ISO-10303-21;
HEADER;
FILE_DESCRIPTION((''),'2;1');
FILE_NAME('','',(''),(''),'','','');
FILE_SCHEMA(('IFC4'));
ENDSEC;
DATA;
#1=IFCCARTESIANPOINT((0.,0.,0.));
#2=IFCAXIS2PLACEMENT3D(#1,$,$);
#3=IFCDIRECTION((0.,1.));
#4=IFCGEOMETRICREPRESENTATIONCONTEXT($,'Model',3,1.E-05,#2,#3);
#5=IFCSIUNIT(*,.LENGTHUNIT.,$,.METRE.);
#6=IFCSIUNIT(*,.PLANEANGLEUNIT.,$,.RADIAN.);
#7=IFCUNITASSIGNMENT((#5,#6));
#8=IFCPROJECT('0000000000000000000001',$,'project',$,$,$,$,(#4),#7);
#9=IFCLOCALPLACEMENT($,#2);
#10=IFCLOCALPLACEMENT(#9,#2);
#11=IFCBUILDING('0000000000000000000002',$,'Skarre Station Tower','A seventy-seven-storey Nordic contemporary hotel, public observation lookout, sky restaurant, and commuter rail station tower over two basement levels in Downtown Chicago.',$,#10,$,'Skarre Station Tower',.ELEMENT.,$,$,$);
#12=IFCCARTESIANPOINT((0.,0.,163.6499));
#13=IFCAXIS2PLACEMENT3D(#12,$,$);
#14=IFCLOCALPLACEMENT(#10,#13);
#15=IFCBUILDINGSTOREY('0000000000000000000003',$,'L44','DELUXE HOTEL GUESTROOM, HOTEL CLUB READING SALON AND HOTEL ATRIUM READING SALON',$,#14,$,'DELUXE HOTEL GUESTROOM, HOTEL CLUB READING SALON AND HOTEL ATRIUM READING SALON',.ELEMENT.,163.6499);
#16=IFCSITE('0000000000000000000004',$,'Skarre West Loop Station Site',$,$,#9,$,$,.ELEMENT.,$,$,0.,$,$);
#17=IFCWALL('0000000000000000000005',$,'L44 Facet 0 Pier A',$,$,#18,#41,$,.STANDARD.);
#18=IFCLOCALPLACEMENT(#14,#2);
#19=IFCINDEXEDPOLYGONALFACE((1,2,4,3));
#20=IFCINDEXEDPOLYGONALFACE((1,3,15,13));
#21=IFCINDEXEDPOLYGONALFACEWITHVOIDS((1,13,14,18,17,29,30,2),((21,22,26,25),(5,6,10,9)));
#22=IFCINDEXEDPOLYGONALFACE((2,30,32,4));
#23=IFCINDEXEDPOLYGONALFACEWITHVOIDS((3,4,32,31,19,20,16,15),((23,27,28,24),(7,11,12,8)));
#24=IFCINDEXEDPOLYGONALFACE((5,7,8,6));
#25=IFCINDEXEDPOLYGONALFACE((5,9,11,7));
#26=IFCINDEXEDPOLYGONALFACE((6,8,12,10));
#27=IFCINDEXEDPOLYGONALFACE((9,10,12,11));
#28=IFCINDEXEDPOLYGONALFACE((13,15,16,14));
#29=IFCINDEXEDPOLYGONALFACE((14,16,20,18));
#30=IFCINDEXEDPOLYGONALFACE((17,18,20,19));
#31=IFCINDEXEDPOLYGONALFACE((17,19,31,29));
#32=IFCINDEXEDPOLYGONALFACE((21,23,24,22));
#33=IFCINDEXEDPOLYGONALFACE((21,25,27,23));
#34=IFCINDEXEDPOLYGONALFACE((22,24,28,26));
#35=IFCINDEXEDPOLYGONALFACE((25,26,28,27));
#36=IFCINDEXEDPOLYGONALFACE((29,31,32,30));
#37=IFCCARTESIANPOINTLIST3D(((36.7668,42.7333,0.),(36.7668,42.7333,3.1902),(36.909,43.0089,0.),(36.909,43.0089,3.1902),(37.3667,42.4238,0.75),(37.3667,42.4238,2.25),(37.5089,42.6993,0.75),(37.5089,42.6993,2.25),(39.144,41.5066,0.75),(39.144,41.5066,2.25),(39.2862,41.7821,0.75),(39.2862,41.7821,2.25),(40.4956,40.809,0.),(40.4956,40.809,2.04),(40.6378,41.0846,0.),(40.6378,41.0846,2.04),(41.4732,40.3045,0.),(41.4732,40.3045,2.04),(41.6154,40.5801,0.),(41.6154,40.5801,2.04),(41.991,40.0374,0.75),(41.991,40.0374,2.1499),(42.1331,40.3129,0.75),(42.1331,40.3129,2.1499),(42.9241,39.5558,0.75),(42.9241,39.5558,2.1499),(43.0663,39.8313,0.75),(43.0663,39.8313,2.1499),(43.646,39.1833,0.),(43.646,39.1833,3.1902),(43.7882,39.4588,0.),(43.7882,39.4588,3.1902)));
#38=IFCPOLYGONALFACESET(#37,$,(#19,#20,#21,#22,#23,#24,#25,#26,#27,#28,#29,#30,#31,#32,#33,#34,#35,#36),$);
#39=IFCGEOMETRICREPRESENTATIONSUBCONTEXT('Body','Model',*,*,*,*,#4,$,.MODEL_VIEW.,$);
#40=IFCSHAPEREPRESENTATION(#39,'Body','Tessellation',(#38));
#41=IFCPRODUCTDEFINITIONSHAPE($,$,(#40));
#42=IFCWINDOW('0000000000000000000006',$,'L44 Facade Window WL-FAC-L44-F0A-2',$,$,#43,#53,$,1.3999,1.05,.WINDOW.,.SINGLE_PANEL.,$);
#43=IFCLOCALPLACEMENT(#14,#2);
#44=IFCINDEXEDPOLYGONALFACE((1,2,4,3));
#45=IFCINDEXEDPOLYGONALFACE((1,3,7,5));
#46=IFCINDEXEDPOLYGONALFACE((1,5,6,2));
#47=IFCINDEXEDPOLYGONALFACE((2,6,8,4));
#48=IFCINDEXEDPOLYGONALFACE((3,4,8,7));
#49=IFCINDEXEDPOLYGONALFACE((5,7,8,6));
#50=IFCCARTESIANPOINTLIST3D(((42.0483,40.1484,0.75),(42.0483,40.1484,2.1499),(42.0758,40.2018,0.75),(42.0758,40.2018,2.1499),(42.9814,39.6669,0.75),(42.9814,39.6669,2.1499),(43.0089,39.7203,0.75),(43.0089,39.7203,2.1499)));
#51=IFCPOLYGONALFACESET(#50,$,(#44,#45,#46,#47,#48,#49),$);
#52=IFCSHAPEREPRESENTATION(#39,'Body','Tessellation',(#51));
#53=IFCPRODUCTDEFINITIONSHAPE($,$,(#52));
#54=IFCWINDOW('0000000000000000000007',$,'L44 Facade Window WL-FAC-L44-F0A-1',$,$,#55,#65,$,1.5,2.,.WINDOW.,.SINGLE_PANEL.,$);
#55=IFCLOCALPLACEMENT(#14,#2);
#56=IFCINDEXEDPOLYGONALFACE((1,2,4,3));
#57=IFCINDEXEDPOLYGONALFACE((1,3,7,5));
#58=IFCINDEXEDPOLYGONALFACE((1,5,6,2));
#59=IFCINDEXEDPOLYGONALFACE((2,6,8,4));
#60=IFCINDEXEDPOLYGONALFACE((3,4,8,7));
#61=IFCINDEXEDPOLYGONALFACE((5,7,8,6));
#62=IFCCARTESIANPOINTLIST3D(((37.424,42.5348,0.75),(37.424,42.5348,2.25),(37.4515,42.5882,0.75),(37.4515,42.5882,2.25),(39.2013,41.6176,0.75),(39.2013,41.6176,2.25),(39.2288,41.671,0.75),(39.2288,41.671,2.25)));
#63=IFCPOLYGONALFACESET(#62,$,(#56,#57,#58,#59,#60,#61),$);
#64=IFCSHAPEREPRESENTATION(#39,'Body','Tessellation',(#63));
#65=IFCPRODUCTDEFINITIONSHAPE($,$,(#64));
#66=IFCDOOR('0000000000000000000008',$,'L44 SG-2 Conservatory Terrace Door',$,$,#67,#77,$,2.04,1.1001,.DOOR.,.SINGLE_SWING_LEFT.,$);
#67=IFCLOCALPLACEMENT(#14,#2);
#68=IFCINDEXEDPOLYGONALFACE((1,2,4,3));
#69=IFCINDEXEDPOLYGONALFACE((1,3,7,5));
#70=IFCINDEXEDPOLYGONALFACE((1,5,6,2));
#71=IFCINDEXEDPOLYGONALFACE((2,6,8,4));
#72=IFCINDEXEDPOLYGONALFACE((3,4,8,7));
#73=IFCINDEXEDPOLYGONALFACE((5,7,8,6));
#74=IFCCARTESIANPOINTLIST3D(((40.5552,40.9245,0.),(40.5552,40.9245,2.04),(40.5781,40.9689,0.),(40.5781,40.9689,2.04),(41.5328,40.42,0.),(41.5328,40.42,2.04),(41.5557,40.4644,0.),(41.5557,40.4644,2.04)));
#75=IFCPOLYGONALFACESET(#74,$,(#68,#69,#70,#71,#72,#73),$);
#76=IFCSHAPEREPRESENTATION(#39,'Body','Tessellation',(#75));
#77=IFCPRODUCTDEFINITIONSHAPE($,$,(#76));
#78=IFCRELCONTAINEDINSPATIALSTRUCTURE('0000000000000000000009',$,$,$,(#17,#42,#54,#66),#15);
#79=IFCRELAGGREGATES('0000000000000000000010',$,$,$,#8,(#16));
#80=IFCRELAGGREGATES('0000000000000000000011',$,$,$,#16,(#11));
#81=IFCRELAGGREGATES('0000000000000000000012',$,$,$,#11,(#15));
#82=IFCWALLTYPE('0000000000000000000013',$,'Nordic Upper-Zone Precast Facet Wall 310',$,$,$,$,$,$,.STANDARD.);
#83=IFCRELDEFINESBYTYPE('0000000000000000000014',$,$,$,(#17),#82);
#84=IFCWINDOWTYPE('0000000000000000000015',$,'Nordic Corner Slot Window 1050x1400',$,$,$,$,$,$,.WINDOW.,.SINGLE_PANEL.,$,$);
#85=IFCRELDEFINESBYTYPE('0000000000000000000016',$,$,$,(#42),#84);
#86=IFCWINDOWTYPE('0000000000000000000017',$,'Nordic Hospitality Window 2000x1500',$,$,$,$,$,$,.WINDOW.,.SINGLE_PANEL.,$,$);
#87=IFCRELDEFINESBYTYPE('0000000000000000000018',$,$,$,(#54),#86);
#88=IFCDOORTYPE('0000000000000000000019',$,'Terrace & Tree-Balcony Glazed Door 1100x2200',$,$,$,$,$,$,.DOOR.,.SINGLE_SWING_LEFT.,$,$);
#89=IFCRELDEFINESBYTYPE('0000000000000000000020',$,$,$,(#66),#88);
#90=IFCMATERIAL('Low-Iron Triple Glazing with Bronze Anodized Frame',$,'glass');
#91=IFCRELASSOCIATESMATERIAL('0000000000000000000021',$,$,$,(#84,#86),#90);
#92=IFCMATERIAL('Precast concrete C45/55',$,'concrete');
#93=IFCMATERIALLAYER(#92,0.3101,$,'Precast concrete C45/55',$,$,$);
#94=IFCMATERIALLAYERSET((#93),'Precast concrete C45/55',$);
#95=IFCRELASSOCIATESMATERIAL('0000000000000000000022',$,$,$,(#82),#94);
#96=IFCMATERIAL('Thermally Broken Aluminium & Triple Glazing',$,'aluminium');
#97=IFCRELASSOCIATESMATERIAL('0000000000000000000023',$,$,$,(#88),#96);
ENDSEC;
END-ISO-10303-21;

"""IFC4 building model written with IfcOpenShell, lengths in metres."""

from ifc_helpers import new_model, si_unit, direction, frame, frame_2d, origin, place, context, subcontext, project, spatial, rectangle, extrude, material, layer, layer_set, type_object, element, fill, save


model = new_model("IFC4")

# Units and contexts
model_context = context("Model", 3, precision=1e-05, world=origin(), true_north=direction((0.0, 1.0)))
body_context = subcontext(model_context, "Body", "Model", "MODEL_VIEW")
ifc_project = project(units=[si_unit("LENGTHUNIT", "METRE"), si_unit("PLANEANGLEUNIT", "RADIAN")], contexts=[model_context])

# Site, building, storey
site_placement = place(None, origin())
site = spatial("IfcSite", under=ifc_project, at=site_placement, Name="Skarre West Loop Station Site", CompositionType="ELEMENT", RefElevation=0.0)
building_placement = place(site_placement, origin())
building = spatial("IfcBuilding", under=site, at=building_placement, Name="Skarre Station Tower", Description="A seventy-seven-storey Nordic contemporary hotel, public observation lookout, sky restaurant, and commuter rail station tower over two basement levels in Downtown Chicago.", LongName="Skarre Station Tower", CompositionType="ELEMENT")
storey_placement = place(building_placement, frame((0.0, 0.0, 163.6499)))
storey = spatial("IfcBuildingStorey", under=building, at=storey_placement, Name="L44", Description="DELUXE HOTEL GUESTROOM, HOTEL CLUB READING SALON AND HOTEL ATRIUM READING SALON", LongName="DELUXE HOTEL GUESTROOM, HOTEL CLUB READING SALON AND HOTEL ATRIUM READING SALON", CompositionType="ELEMENT", Elevation=163.6499)

# Shared definitions
ifc_material_1 = material(Name="Precast concrete C45/55", Category="concrete")

# Shared definitions
ifc_material_2 = material(Name="Low-Iron Triple Glazing with Bronze Anodized Frame", Category="glass")
window_type_1 = type_object("IfcWindowType", Name="Nordic Corner Slot Window 1050x1400", PartitioningType="SINGLE_PANEL", PredefinedType="WINDOW", material=ifc_material_2)

# Wall, openings, windows, door
ifc_layer_1 = layer(ifc_material_1, 0.3101, Name="Precast concrete C45/55")
ifc_layer_set_1 = layer_set([ifc_layer_1], Name="Precast concrete C45/55")
wall_type_1 = type_object("IfcWallType", Name="Nordic Upper-Zone Precast Facet Wall 310", PredefinedType="STANDARD", material=ifc_layer_set_1)
wall_1_placement = place(storey_placement, frame((36.8379, 42.8711, 0.0), z_axis=(0.0, 0.0, 1.0), x_axis=(0.888646, -0.458594, 0.0)))
wall_1 = element("IfcWall", 1, at=wall_1_placement, inside=storey, type_object=wall_type_1, Name="L44 Facet 0 Pier A", PredefinedType="STANDARD", context=body_context, shape_type="SweptSolid", body=[
    extrude(rectangle(XDim=7.7412, YDim=0.3101, at=frame_2d((3.8706, 0.0))), origin(), (0.0, 0.0, 1.0), 3.1902),
])
opening_1_placement = place(wall_1_placement, frame((4.196, 0.0, 0.0)))
opening_1 = element("IfcOpeningElement", 2, at=opening_1_placement, cuts=wall_1, PredefinedType="OPENING", context=body_context, shape_type="SweptSolid", body=[
    extrude(rectangle(XDim=1.1001, YDim=2.04, at=frame_2d((0.55, 1.02))), frame((0.0, 0.165, 0.0), z_axis=(0.0, -1.0, 0.0), x_axis=(1.0, 0.0, 0.0)), (0.0, 0.0, 1.0), 0.3301),
])
opening_2_placement = place(wall_1_placement, frame((0.675, 0.0, 0.75)))
opening_2 = element("IfcOpeningElement", 3, at=opening_2_placement, cuts=wall_1, PredefinedType="OPENING", context=body_context, shape_type="SweptSolid", body=[
    extrude(rectangle(XDim=2.0, YDim=1.5, at=frame_2d((1.0, 0.75))), frame((0.0, 0.165, 0.0), z_axis=(0.0, -1.0, 0.0), x_axis=(1.0, 0.0, 0.0)), (0.0, 0.0, 1.0), 0.3301),
])
opening_3_placement = place(wall_1_placement, frame((5.8789, 0.0, 0.75)))
opening_3 = element("IfcOpeningElement", 4, at=opening_3_placement, cuts=wall_1, PredefinedType="OPENING", context=body_context, shape_type="SweptSolid", body=[
    extrude(rectangle(XDim=1.05, YDim=1.3999, at=frame_2d((0.5249, 0.7))), frame((0.0, 0.165, 0.0), z_axis=(0.0, -1.0, 0.0), x_axis=(1.0, 0.0, 0.0)), (0.0, 0.0, 1.0), 0.3301),
])
window_1_placement = place(opening_3_placement, origin())
window_1 = element("IfcWindow", 5, at=window_1_placement, inside=storey, type_object=window_type_1, Name="L44 Facade Window WL-FAC-L44-F0A-2", OverallHeight=1.3999, OverallWidth=1.05, PartitioningType="SINGLE_PANEL", PredefinedType="WINDOW", context=body_context, shape_type="SweptSolid", body=[
    extrude(rectangle(XDim=1.05, YDim=1.3999, at=frame_2d((0.5249, 0.7))), frame((0.0, 0.03, 0.0), z_axis=(0.0, -1.0, 0.0), x_axis=(1.0, 0.0, 0.0)), (0.0, 0.0, 1.0), 0.0601),
])
fill(opening_3, window_1)
window_type_2 = type_object("IfcWindowType", Name="Nordic Hospitality Window 2000x1500", PartitioningType="SINGLE_PANEL", PredefinedType="WINDOW", material=ifc_material_2)
window_2_placement = place(opening_2_placement, origin())
window_2 = element("IfcWindow", 6, at=window_2_placement, inside=storey, type_object=window_type_2, Name="L44 Facade Window WL-FAC-L44-F0A-1", OverallHeight=1.5, OverallWidth=2.0, PartitioningType="SINGLE_PANEL", PredefinedType="WINDOW", context=body_context, shape_type="SweptSolid", body=[
    extrude(rectangle(XDim=2.0, YDim=1.5, at=frame_2d((1.0, 0.75))), frame((0.0, 0.03, 0.0), z_axis=(0.0, -1.0, 0.0), x_axis=(1.0, 0.0, 0.0)), (0.0, 0.0, 1.0), 0.0601),
])
fill(opening_2, window_2)
ifc_material_3 = material(Name="Thermally Broken Aluminium & Triple Glazing", Category="aluminium")
door_type_1 = type_object("IfcDoorType", Name="Terrace & Tree-Balcony Glazed Door 1100x2200", OperationType="SINGLE_SWING_LEFT", PredefinedType="DOOR", material=ifc_material_3)
door_1_placement = place(opening_1_placement, origin())
door_1 = element("IfcDoor", 7, at=door_1_placement, inside=storey, type_object=door_type_1, Name="L44 SG-2 Conservatory Terrace Door", OperationType="SINGLE_SWING_LEFT", OverallHeight=2.04, OverallWidth=1.1001, PredefinedType="DOOR", context=body_context, shape_type="SweptSolid", body=[
    extrude(rectangle(XDim=1.1001, YDim=2.04, at=frame_2d((0.55, 1.02))), frame((0.0, 0.0249, 0.0), z_axis=(0.0, -1.0, 0.0), x_axis=(1.0, 0.0, 0.0)), (0.0, 0.0, 1.0), 0.05),
])
fill(opening_1, door_1)

save(model, "model.ifc")
